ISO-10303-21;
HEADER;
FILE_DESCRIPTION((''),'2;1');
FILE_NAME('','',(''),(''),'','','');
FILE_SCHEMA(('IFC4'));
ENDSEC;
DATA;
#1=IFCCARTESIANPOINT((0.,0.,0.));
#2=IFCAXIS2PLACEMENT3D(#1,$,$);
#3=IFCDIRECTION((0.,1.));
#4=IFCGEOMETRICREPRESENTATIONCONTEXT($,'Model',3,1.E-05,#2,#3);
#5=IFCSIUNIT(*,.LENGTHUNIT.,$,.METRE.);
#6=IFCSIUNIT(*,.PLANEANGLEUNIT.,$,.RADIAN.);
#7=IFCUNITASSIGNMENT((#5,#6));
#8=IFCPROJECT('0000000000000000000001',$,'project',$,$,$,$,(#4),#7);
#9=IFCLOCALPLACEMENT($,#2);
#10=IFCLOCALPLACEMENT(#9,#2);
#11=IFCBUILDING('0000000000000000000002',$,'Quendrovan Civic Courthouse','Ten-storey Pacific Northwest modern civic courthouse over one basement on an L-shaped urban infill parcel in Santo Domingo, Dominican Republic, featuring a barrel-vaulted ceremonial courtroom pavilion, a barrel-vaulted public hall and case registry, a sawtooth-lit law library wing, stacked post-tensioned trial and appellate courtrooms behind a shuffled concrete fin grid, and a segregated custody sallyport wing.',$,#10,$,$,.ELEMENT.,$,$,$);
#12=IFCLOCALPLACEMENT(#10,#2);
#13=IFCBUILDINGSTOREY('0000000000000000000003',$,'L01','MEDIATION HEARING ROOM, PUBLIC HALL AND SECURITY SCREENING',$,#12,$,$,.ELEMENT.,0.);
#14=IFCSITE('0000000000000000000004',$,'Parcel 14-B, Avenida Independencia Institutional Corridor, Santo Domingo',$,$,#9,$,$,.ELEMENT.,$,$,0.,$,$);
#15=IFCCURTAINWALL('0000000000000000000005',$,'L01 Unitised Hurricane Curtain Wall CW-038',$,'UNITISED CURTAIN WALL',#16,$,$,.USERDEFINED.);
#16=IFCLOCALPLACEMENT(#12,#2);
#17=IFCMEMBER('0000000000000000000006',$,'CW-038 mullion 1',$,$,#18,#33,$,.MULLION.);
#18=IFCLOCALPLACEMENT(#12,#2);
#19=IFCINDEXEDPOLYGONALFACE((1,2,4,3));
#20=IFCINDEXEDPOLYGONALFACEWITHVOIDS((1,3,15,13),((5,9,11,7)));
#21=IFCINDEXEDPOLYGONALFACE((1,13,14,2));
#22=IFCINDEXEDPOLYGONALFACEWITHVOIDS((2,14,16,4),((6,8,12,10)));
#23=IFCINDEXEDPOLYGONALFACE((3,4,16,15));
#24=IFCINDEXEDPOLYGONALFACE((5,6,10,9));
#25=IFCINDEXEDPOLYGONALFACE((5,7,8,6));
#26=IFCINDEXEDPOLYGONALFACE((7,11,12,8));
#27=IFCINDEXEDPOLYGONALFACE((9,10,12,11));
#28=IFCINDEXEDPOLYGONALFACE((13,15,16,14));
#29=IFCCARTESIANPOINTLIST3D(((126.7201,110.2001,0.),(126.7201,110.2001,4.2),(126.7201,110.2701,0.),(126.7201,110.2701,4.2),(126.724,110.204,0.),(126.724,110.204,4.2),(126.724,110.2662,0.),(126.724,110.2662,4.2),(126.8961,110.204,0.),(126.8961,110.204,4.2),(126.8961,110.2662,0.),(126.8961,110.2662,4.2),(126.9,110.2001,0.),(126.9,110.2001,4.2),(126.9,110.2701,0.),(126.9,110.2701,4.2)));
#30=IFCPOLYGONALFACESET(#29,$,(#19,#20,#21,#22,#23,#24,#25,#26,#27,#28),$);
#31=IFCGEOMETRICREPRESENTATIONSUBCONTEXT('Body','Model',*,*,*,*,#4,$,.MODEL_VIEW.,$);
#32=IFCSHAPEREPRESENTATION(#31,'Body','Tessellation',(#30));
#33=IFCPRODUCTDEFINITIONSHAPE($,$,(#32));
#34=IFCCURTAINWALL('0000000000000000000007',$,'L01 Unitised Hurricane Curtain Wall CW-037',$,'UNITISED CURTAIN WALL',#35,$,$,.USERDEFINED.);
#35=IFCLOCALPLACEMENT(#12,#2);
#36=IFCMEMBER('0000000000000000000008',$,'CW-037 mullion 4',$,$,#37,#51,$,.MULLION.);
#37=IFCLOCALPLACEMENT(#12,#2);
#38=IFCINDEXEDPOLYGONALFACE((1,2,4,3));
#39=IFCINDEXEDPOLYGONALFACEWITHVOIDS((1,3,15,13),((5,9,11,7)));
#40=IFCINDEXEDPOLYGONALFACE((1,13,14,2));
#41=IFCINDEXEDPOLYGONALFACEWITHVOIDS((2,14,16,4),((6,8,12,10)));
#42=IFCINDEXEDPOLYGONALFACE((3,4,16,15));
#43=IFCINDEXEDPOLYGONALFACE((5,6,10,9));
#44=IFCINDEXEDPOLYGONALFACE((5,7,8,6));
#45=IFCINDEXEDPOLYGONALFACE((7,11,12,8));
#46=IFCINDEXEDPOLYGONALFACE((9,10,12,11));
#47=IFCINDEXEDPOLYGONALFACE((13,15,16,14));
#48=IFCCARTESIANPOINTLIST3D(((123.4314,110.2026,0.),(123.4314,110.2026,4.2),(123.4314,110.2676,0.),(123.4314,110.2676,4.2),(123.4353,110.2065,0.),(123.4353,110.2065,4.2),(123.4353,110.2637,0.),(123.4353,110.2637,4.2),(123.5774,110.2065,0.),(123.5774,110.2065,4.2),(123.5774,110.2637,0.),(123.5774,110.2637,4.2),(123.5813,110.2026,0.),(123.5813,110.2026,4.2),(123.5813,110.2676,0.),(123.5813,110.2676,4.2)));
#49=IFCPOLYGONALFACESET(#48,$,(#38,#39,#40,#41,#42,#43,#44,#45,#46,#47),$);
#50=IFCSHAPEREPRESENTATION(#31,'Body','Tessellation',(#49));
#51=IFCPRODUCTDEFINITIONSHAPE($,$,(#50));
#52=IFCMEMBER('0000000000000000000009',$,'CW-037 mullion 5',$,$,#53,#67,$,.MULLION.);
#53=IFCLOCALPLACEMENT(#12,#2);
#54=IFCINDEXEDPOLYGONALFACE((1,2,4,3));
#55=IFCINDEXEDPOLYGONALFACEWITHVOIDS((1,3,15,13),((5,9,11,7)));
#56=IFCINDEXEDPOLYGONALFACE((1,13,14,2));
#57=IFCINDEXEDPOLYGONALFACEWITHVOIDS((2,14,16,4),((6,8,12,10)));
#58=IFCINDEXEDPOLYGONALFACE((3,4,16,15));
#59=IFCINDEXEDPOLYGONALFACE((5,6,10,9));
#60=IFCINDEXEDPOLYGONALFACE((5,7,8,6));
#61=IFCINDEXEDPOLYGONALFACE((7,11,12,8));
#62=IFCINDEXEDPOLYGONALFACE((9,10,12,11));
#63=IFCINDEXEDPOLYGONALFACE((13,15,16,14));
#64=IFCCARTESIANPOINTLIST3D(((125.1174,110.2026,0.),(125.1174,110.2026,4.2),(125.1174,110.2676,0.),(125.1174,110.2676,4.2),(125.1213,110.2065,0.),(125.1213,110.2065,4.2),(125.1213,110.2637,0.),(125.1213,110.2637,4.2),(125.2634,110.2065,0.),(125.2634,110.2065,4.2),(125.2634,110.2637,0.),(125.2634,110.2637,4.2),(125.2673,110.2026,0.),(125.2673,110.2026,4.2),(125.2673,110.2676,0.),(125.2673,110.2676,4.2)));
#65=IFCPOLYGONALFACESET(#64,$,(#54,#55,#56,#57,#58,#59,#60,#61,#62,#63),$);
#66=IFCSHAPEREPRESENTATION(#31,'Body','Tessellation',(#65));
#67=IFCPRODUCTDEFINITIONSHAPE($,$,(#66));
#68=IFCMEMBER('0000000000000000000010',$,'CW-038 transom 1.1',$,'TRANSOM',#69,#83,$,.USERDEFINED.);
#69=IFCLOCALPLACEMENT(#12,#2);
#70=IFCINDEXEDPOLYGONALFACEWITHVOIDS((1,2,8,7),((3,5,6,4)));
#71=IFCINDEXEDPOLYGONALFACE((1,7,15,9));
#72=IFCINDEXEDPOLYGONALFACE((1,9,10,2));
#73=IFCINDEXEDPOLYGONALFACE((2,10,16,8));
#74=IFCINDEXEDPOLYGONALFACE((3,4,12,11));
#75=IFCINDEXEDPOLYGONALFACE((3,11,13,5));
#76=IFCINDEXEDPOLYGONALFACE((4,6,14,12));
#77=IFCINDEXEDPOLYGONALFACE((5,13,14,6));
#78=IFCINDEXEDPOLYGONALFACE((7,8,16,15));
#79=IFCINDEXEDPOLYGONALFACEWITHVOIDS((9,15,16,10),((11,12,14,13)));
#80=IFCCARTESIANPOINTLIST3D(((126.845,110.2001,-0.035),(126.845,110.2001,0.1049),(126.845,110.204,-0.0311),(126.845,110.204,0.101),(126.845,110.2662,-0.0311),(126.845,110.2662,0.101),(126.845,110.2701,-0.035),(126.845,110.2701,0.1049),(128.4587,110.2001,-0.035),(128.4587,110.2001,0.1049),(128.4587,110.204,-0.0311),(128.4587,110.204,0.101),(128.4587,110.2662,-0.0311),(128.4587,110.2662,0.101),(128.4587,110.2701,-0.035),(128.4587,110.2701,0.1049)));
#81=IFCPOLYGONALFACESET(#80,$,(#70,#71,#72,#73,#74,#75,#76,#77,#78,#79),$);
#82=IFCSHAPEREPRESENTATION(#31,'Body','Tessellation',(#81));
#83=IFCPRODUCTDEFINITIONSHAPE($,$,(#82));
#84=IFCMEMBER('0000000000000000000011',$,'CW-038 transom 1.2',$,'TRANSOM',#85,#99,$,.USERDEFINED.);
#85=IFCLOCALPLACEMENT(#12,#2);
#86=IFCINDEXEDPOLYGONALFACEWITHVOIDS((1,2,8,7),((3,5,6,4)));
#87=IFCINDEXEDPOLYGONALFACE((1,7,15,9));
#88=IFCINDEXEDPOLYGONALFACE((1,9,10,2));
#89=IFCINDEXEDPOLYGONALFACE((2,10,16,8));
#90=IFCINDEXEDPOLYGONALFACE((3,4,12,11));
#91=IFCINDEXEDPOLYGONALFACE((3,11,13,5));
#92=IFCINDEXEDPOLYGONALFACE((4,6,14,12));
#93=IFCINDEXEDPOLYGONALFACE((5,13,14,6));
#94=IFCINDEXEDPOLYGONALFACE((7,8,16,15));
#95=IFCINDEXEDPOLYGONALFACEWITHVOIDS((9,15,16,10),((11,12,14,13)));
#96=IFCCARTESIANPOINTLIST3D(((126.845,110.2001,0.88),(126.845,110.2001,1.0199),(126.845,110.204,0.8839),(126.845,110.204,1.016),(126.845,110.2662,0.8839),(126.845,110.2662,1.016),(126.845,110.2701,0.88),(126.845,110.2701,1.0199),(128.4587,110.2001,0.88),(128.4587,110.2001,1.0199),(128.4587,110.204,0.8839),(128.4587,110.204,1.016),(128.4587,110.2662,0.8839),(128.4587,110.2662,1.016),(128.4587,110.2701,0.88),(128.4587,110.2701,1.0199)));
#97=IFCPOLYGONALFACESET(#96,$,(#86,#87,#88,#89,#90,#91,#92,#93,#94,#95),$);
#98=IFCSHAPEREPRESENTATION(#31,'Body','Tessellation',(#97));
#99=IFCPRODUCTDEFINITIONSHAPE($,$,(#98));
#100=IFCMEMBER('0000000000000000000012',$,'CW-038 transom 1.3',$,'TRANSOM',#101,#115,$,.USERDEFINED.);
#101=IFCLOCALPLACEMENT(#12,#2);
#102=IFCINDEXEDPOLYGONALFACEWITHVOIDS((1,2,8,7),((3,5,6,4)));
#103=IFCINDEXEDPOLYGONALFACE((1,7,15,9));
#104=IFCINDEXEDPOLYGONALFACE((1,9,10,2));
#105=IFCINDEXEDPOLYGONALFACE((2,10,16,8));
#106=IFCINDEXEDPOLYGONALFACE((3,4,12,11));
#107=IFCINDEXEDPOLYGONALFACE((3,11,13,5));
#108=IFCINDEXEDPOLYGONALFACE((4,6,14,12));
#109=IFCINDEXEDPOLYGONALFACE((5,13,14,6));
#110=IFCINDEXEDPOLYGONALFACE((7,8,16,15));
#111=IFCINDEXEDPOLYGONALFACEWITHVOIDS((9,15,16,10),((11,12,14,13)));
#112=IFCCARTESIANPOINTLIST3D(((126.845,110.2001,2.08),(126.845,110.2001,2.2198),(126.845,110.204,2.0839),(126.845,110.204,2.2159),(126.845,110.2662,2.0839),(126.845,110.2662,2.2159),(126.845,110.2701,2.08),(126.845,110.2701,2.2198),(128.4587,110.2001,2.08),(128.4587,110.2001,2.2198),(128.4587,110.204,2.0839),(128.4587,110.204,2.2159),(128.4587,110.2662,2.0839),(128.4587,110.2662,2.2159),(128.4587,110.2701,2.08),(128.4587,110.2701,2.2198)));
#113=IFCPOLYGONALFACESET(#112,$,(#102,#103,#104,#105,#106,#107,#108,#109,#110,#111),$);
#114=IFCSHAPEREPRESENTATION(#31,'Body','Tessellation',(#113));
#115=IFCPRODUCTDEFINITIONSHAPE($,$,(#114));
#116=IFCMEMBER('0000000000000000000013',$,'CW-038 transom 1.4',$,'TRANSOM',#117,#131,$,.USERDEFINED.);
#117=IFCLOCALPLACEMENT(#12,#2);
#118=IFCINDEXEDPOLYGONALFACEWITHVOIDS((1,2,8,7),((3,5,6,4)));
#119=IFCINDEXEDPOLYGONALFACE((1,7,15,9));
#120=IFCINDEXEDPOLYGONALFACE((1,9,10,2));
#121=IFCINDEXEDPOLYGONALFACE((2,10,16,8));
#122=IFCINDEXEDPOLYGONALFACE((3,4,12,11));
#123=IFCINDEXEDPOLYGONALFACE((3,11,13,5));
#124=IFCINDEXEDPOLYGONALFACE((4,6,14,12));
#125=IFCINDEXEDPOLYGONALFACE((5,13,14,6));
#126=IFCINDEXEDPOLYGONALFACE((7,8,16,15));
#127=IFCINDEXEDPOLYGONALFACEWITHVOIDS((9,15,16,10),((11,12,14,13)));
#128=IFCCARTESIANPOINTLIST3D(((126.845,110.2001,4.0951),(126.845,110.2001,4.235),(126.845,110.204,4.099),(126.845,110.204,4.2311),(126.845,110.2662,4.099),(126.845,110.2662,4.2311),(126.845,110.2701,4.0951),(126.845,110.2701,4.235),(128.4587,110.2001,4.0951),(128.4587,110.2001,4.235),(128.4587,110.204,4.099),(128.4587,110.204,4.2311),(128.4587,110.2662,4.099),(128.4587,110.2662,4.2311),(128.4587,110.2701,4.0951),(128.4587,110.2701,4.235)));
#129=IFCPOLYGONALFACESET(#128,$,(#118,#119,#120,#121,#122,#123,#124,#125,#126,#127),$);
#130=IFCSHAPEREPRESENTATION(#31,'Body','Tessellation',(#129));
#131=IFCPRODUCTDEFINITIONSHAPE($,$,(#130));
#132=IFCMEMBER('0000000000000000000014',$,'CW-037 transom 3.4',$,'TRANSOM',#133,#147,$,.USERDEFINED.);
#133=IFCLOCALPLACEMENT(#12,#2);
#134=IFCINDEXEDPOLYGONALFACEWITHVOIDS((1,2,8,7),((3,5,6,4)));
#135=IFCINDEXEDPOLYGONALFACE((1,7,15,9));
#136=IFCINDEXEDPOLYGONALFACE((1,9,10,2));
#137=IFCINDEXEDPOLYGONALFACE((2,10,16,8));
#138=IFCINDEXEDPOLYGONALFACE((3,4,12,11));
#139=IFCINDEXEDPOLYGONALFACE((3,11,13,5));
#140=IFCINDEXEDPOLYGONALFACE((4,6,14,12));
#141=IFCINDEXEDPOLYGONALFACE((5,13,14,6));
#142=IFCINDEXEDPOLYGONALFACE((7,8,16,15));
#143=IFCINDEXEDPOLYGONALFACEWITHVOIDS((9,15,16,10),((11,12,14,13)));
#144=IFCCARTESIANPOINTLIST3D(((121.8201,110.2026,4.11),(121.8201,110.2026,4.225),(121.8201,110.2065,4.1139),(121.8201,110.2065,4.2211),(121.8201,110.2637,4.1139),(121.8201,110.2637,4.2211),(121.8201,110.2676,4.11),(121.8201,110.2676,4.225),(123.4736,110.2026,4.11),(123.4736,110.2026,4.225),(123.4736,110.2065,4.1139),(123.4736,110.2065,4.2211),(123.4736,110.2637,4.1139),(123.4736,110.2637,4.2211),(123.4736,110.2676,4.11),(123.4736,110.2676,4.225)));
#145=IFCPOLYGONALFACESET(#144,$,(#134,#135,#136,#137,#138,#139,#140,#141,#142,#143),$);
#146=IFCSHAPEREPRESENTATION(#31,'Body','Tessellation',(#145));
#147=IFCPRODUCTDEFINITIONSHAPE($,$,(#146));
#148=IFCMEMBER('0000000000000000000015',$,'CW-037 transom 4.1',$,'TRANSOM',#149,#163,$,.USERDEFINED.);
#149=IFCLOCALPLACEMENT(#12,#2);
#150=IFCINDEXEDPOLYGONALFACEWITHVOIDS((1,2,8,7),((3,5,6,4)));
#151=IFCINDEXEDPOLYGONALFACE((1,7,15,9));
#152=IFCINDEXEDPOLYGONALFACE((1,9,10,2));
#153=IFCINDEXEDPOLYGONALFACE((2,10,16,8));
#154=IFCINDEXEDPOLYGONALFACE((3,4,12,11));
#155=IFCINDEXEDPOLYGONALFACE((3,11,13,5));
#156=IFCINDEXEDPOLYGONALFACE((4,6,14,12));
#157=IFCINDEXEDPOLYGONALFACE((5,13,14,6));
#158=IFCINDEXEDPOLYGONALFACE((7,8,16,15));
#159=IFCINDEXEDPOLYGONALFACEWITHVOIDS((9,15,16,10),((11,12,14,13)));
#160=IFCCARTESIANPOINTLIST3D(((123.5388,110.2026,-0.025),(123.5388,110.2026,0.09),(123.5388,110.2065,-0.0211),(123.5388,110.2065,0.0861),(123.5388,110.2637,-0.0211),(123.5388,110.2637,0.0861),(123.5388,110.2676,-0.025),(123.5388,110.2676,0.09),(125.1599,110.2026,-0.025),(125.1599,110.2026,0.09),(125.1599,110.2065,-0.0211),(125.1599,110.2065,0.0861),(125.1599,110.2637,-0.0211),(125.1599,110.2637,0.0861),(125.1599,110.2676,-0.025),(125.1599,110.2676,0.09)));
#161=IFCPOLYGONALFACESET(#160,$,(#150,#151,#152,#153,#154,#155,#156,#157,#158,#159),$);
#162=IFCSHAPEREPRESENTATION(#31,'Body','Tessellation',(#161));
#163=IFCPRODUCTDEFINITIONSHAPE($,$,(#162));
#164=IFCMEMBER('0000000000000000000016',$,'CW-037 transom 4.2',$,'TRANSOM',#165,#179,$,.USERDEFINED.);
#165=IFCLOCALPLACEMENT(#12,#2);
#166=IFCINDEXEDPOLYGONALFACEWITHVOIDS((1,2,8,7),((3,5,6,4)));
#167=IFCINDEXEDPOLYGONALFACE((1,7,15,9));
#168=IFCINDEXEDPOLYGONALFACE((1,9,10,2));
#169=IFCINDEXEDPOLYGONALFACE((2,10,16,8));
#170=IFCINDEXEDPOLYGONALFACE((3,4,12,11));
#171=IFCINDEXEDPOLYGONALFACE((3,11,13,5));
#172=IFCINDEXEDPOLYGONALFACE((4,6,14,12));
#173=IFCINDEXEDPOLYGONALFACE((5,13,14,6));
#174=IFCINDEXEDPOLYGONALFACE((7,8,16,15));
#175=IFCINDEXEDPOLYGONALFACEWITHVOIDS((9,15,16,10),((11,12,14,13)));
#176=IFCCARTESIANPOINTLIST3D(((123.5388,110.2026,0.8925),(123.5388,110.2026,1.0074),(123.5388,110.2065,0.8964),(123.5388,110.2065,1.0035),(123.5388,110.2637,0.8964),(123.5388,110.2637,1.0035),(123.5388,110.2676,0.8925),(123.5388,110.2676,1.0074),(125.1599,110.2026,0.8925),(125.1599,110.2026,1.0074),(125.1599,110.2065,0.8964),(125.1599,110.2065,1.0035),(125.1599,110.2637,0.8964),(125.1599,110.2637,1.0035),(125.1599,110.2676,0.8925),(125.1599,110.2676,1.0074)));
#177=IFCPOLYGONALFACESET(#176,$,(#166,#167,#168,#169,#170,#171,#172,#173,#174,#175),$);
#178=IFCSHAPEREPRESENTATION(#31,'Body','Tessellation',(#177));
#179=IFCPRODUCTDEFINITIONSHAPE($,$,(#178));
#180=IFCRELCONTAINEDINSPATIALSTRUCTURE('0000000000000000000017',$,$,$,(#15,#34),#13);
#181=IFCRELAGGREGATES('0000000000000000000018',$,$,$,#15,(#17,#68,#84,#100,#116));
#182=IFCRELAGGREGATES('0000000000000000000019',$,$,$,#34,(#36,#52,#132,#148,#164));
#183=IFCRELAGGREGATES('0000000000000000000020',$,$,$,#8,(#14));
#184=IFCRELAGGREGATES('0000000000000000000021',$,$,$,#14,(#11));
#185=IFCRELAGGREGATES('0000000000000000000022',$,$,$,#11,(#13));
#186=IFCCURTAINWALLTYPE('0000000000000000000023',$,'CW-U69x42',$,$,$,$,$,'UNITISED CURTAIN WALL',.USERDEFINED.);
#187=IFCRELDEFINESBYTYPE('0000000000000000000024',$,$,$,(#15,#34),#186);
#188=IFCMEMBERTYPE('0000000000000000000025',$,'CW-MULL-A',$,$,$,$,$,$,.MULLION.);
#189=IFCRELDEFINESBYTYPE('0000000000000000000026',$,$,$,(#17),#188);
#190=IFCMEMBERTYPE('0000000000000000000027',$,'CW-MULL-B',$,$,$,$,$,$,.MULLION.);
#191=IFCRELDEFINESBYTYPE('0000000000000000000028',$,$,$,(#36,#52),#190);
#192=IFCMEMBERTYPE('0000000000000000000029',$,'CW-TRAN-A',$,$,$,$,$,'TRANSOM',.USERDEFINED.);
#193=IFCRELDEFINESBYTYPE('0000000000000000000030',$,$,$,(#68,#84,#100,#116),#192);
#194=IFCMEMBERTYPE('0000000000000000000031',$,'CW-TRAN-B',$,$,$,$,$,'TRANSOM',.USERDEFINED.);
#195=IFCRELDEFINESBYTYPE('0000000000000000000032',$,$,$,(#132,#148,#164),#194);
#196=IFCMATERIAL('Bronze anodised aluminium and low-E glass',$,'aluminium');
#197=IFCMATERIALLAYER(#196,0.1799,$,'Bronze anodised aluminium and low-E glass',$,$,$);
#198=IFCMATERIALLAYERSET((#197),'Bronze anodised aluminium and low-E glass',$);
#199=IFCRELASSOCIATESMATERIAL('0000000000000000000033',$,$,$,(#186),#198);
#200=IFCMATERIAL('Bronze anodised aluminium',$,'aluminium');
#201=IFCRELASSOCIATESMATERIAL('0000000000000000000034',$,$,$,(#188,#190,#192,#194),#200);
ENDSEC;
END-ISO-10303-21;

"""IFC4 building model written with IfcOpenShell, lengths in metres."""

from ifc_helpers import new_model, si_unit, direction, frame, origin, origin_2d, place, context, subcontext, project, spatial, hollow_rectangle, extrude, material, layer, layer_set, material_profile, profile_set, type_object, element, aggregate, save


model = new_model("IFC4")

# Units and contexts
model_context = context("Model", 3, precision=1e-05, world=origin(), true_north=direction((0.0, 1.0)))
body_context = subcontext(model_context, "Body", "Model", "MODEL_VIEW")
ifc_project = project(units=[si_unit("LENGTHUNIT", "METRE"), si_unit("PLANEANGLEUNIT", "RADIAN")], contexts=[model_context])

# Site, building, storey
site_placement = place(None, origin())
site = spatial("IfcSite", under=ifc_project, at=site_placement, Name="Parcel 14-B, Avenida Independencia Institutional Corridor, Santo Domingo", CompositionType="ELEMENT", RefElevation=0.0)
building_placement = place(site_placement, origin())
building = spatial("IfcBuilding", under=site, at=building_placement, Name="Quendrovan Civic Courthouse", Description="Ten-storey Pacific Northwest modern civic courthouse over one basement on an L-shaped urban infill parcel in Santo Domingo, Dominican Republic, featuring a barrel-vaulted ceremonial courtroom pavilion, a barrel-vaulted public hall and case registry, a sawtooth-lit law library wing, stacked post-tensioned trial and appellate courtrooms behind a shuffled concrete fin grid, and a segregated custody sallyport wing.", CompositionType="ELEMENT")
storey_placement = place(building_placement, origin())
storey = spatial("IfcBuildingStorey", under=building, at=storey_placement, Name="L01", Description="MEDIATION HEARING ROOM, PUBLIC HALL AND SECURITY SCREENING", CompositionType="ELEMENT", Elevation=0.0)

# Curtain wall, member
ifc_material_1 = material(Name="Bronze anodised aluminium and low-E glass", Category="aluminium")
ifc_layer_1 = layer(ifc_material_1, 0.1799, Name="Bronze anodised aluminium and low-E glass")
ifc_layer_set_1 = layer_set([ifc_layer_1], Name="Bronze anodised aluminium and low-E glass")
curtain_wall_type = type_object("IfcCurtainWallType", Name="CW-U69x42", ElementType="UNITISED CURTAIN WALL", PredefinedType="USERDEFINED", material=ifc_layer_set_1)
curtain_wall_1_placement = place(storey_placement, origin())
curtain_wall_1 = element("IfcCurtainWall", 1, at=curtain_wall_1_placement, inside=storey, type_object=curtain_wall_type, Name="L01 Unitised Hurricane Curtain Wall CW-038", ObjectType="UNITISED CURTAIN WALL", PredefinedType="USERDEFINED")
ifc_material_2 = material(Name="Bronze anodised aluminium", Category="aluminium")
ifc_material_profile_1 = material_profile(ifc_material_2, hollow_rectangle(XDim=0.0701, YDim=0.1799, WallThickness=0.0039, at=origin_2d()), Name="CW-MULL-70x180")
ifc_profile_set_1 = profile_set([ifc_material_profile_1], Name="Bronze anodised aluminium")
member_type_1 = type_object("IfcMemberType", Name="CW-MULL-A", PredefinedType="MULLION", material=ifc_profile_set_1)
member_1_placement = place(storey_placement, frame((126.8101, 110.2351, 0.0), z_axis=(0.0, 0.0, 1.0), x_axis=(0.0, 1.0, 0.0)))
member_1 = element("IfcMember", 2, at=member_1_placement, type_object=member_type_1, Name="CW-038 mullion 1", PredefinedType="MULLION", context=body_context, shape_type="SweptSolid", body=[
    extrude(hollow_rectangle(XDim=0.0701, YDim=0.1799, WallThickness=0.0039, at=origin_2d()), origin(), (0.0, 0.0, 1.0), 4.2),
])

# Curtain wall, members
curtain_wall_2_placement = place(storey_placement, origin())
curtain_wall_2 = element("IfcCurtainWall", 3, at=curtain_wall_2_placement, inside=storey, type_object=curtain_wall_type, Name="L01 Unitised Hurricane Curtain Wall CW-037", ObjectType="UNITISED CURTAIN WALL", PredefinedType="USERDEFINED")
ifc_material_profile_2 = material_profile(ifc_material_2, hollow_rectangle(XDim=0.0649, YDim=0.1499, WallThickness=0.0039, at=origin_2d()), Name="CW-MULL-65x150")
ifc_profile_set_2 = profile_set([ifc_material_profile_2], Name="Bronze anodised aluminium")
member_type_2 = type_object("IfcMemberType", Name="CW-MULL-B", PredefinedType="MULLION", material=ifc_profile_set_2)
member_2_placement = place(storey_placement, frame((123.5063, 110.2351, 0.0), z_axis=(0.0, 0.0, 1.0), x_axis=(0.0, 1.0, 0.0)))
member_2 = element("IfcMember", 4, at=member_2_placement, type_object=member_type_2, Name="CW-037 mullion 4", PredefinedType="MULLION", context=body_context, shape_type="SweptSolid", body=[
    extrude(hollow_rectangle(XDim=0.0649, YDim=0.1499, WallThickness=0.0039, at=origin_2d()), origin(), (0.0, 0.0, 1.0), 4.2),
])
member_3_placement = place(storey_placement, frame((125.1924, 110.2351, 0.0), z_axis=(0.0, 0.0, 1.0), x_axis=(0.0, 1.0, 0.0)))
member_3 = element("IfcMember", 5, at=member_3_placement, type_object=member_type_2, Name="CW-037 mullion 5", PredefinedType="MULLION", context=body_context, shape_type="SweptSolid", body=[
    extrude(hollow_rectangle(XDim=0.0649, YDim=0.1499, WallThickness=0.0039, at=origin_2d()), origin(), (0.0, 0.0, 1.0), 4.2),
])

# Members
ifc_material_profile_3 = material_profile(ifc_material_2, hollow_rectangle(XDim=0.0701, YDim=0.1399, WallThickness=0.0039, at=origin_2d()), Name="CW-TRAN-70x140")
ifc_profile_set_3 = profile_set([ifc_material_profile_3], Name="Bronze anodised aluminium")
member_type_3 = type_object("IfcMemberType", Name="CW-TRAN-A", ElementType="TRANSOM", PredefinedType="USERDEFINED", material=ifc_profile_set_3)
member_4_placement = place(storey_placement, frame((126.845, 110.2351, 0.0349), z_axis=(1.0, 0.0, 0.0), x_axis=(0.0, 1.0, 0.0)))
member_4 = element("IfcMember", 6, at=member_4_placement, type_object=member_type_3, Name="CW-038 transom 1.1", ObjectType="TRANSOM", PredefinedType="USERDEFINED", context=body_context, shape_type="SweptSolid", body=[
    extrude(hollow_rectangle(XDim=0.0701, YDim=0.1399, WallThickness=0.0039, at=origin_2d()), origin(), (0.0, 0.0, 1.0), 1.6138),
])
member_5_placement = place(storey_placement, frame((126.845, 110.2351, 0.95), z_axis=(1.0, 0.0, 0.0), x_axis=(0.0, 1.0, 0.0)))
member_5 = element("IfcMember", 7, at=member_5_placement, type_object=member_type_3, Name="CW-038 transom 1.2", ObjectType="TRANSOM", PredefinedType="USERDEFINED", context=body_context, shape_type="SweptSolid", body=[
    extrude(hollow_rectangle(XDim=0.0701, YDim=0.1399, WallThickness=0.0039, at=origin_2d()), origin(), (0.0, 0.0, 1.0), 1.6138),
])
member_6_placement = place(storey_placement, frame((126.845, 110.2351, 2.1499), z_axis=(1.0, 0.0, 0.0), x_axis=(0.0, 1.0, 0.0)))
member_6 = element("IfcMember", 8, at=member_6_placement, type_object=member_type_3, Name="CW-038 transom 1.3", ObjectType="TRANSOM", PredefinedType="USERDEFINED", context=body_context, shape_type="SweptSolid", body=[
    extrude(hollow_rectangle(XDim=0.0701, YDim=0.1399, WallThickness=0.0039, at=origin_2d()), origin(), (0.0, 0.0, 1.0), 1.6138),
])
member_7_placement = place(storey_placement, frame((126.845, 110.2351, 4.165), z_axis=(1.0, 0.0, 0.0), x_axis=(0.0, 1.0, 0.0)))
member_7 = element("IfcMember", 9, at=member_7_placement, type_object=member_type_3, Name="CW-038 transom 1.4", ObjectType="TRANSOM", PredefinedType="USERDEFINED", context=body_context, shape_type="SweptSolid", body=[
    extrude(hollow_rectangle(XDim=0.0701, YDim=0.1399, WallThickness=0.0039, at=origin_2d()), origin(), (0.0, 0.0, 1.0), 1.6138),
])
aggregate(curtain_wall_1, [member_1, member_4, member_5, member_6, member_7])
ifc_material_profile_4 = material_profile(ifc_material_2, hollow_rectangle(XDim=0.0649, YDim=0.115, WallThickness=0.0039, at=origin_2d()), Name="CW-TRAN-65x115")
ifc_profile_set_4 = profile_set([ifc_material_profile_4], Name="Bronze anodised aluminium")
member_type_4 = type_object("IfcMemberType", Name="CW-TRAN-B", ElementType="TRANSOM", PredefinedType="USERDEFINED", material=ifc_profile_set_4)
member_8_placement = place(storey_placement, frame((121.8201, 110.2351, 4.1675), z_axis=(1.0, 0.0, 0.0), x_axis=(0.0, 1.0, 0.0)))
member_8 = element("IfcMember", 10, at=member_8_placement, type_object=member_type_4, Name="CW-037 transom 3.4", ObjectType="TRANSOM", PredefinedType="USERDEFINED", context=body_context, shape_type="SweptSolid", body=[
    extrude(hollow_rectangle(XDim=0.0649, YDim=0.115, WallThickness=0.0039, at=origin_2d()), origin(), (0.0, 0.0, 1.0), 1.6536),
])
member_9_placement = place(storey_placement, frame((123.5388, 110.2351, 0.0325), z_axis=(1.0, 0.0, 0.0), x_axis=(0.0, 1.0, 0.0)))
member_9 = element("IfcMember", 11, at=member_9_placement, type_object=member_type_4, Name="CW-037 transom 4.1", ObjectType="TRANSOM", PredefinedType="USERDEFINED", context=body_context, shape_type="SweptSolid", body=[
    extrude(hollow_rectangle(XDim=0.0649, YDim=0.115, WallThickness=0.0039, at=origin_2d()), origin(), (0.0, 0.0, 1.0), 1.6211),
])
member_10_placement = place(storey_placement, frame((123.5388, 110.2351, 0.95), z_axis=(1.0, 0.0, 0.0), x_axis=(0.0, 1.0, 0.0)))
member_10 = element("IfcMember", 12, at=member_10_placement, type_object=member_type_4, Name="CW-037 transom 4.2", ObjectType="TRANSOM", PredefinedType="USERDEFINED", context=body_context, shape_type="SweptSolid", body=[
    extrude(hollow_rectangle(XDim=0.0649, YDim=0.115, WallThickness=0.0039, at=origin_2d()), origin(), (0.0, 0.0, 1.0), 1.6211),
])

aggregate(curtain_wall_2, [member_2, member_3, member_8, member_9, member_10])

save(model, "model.ifc")
